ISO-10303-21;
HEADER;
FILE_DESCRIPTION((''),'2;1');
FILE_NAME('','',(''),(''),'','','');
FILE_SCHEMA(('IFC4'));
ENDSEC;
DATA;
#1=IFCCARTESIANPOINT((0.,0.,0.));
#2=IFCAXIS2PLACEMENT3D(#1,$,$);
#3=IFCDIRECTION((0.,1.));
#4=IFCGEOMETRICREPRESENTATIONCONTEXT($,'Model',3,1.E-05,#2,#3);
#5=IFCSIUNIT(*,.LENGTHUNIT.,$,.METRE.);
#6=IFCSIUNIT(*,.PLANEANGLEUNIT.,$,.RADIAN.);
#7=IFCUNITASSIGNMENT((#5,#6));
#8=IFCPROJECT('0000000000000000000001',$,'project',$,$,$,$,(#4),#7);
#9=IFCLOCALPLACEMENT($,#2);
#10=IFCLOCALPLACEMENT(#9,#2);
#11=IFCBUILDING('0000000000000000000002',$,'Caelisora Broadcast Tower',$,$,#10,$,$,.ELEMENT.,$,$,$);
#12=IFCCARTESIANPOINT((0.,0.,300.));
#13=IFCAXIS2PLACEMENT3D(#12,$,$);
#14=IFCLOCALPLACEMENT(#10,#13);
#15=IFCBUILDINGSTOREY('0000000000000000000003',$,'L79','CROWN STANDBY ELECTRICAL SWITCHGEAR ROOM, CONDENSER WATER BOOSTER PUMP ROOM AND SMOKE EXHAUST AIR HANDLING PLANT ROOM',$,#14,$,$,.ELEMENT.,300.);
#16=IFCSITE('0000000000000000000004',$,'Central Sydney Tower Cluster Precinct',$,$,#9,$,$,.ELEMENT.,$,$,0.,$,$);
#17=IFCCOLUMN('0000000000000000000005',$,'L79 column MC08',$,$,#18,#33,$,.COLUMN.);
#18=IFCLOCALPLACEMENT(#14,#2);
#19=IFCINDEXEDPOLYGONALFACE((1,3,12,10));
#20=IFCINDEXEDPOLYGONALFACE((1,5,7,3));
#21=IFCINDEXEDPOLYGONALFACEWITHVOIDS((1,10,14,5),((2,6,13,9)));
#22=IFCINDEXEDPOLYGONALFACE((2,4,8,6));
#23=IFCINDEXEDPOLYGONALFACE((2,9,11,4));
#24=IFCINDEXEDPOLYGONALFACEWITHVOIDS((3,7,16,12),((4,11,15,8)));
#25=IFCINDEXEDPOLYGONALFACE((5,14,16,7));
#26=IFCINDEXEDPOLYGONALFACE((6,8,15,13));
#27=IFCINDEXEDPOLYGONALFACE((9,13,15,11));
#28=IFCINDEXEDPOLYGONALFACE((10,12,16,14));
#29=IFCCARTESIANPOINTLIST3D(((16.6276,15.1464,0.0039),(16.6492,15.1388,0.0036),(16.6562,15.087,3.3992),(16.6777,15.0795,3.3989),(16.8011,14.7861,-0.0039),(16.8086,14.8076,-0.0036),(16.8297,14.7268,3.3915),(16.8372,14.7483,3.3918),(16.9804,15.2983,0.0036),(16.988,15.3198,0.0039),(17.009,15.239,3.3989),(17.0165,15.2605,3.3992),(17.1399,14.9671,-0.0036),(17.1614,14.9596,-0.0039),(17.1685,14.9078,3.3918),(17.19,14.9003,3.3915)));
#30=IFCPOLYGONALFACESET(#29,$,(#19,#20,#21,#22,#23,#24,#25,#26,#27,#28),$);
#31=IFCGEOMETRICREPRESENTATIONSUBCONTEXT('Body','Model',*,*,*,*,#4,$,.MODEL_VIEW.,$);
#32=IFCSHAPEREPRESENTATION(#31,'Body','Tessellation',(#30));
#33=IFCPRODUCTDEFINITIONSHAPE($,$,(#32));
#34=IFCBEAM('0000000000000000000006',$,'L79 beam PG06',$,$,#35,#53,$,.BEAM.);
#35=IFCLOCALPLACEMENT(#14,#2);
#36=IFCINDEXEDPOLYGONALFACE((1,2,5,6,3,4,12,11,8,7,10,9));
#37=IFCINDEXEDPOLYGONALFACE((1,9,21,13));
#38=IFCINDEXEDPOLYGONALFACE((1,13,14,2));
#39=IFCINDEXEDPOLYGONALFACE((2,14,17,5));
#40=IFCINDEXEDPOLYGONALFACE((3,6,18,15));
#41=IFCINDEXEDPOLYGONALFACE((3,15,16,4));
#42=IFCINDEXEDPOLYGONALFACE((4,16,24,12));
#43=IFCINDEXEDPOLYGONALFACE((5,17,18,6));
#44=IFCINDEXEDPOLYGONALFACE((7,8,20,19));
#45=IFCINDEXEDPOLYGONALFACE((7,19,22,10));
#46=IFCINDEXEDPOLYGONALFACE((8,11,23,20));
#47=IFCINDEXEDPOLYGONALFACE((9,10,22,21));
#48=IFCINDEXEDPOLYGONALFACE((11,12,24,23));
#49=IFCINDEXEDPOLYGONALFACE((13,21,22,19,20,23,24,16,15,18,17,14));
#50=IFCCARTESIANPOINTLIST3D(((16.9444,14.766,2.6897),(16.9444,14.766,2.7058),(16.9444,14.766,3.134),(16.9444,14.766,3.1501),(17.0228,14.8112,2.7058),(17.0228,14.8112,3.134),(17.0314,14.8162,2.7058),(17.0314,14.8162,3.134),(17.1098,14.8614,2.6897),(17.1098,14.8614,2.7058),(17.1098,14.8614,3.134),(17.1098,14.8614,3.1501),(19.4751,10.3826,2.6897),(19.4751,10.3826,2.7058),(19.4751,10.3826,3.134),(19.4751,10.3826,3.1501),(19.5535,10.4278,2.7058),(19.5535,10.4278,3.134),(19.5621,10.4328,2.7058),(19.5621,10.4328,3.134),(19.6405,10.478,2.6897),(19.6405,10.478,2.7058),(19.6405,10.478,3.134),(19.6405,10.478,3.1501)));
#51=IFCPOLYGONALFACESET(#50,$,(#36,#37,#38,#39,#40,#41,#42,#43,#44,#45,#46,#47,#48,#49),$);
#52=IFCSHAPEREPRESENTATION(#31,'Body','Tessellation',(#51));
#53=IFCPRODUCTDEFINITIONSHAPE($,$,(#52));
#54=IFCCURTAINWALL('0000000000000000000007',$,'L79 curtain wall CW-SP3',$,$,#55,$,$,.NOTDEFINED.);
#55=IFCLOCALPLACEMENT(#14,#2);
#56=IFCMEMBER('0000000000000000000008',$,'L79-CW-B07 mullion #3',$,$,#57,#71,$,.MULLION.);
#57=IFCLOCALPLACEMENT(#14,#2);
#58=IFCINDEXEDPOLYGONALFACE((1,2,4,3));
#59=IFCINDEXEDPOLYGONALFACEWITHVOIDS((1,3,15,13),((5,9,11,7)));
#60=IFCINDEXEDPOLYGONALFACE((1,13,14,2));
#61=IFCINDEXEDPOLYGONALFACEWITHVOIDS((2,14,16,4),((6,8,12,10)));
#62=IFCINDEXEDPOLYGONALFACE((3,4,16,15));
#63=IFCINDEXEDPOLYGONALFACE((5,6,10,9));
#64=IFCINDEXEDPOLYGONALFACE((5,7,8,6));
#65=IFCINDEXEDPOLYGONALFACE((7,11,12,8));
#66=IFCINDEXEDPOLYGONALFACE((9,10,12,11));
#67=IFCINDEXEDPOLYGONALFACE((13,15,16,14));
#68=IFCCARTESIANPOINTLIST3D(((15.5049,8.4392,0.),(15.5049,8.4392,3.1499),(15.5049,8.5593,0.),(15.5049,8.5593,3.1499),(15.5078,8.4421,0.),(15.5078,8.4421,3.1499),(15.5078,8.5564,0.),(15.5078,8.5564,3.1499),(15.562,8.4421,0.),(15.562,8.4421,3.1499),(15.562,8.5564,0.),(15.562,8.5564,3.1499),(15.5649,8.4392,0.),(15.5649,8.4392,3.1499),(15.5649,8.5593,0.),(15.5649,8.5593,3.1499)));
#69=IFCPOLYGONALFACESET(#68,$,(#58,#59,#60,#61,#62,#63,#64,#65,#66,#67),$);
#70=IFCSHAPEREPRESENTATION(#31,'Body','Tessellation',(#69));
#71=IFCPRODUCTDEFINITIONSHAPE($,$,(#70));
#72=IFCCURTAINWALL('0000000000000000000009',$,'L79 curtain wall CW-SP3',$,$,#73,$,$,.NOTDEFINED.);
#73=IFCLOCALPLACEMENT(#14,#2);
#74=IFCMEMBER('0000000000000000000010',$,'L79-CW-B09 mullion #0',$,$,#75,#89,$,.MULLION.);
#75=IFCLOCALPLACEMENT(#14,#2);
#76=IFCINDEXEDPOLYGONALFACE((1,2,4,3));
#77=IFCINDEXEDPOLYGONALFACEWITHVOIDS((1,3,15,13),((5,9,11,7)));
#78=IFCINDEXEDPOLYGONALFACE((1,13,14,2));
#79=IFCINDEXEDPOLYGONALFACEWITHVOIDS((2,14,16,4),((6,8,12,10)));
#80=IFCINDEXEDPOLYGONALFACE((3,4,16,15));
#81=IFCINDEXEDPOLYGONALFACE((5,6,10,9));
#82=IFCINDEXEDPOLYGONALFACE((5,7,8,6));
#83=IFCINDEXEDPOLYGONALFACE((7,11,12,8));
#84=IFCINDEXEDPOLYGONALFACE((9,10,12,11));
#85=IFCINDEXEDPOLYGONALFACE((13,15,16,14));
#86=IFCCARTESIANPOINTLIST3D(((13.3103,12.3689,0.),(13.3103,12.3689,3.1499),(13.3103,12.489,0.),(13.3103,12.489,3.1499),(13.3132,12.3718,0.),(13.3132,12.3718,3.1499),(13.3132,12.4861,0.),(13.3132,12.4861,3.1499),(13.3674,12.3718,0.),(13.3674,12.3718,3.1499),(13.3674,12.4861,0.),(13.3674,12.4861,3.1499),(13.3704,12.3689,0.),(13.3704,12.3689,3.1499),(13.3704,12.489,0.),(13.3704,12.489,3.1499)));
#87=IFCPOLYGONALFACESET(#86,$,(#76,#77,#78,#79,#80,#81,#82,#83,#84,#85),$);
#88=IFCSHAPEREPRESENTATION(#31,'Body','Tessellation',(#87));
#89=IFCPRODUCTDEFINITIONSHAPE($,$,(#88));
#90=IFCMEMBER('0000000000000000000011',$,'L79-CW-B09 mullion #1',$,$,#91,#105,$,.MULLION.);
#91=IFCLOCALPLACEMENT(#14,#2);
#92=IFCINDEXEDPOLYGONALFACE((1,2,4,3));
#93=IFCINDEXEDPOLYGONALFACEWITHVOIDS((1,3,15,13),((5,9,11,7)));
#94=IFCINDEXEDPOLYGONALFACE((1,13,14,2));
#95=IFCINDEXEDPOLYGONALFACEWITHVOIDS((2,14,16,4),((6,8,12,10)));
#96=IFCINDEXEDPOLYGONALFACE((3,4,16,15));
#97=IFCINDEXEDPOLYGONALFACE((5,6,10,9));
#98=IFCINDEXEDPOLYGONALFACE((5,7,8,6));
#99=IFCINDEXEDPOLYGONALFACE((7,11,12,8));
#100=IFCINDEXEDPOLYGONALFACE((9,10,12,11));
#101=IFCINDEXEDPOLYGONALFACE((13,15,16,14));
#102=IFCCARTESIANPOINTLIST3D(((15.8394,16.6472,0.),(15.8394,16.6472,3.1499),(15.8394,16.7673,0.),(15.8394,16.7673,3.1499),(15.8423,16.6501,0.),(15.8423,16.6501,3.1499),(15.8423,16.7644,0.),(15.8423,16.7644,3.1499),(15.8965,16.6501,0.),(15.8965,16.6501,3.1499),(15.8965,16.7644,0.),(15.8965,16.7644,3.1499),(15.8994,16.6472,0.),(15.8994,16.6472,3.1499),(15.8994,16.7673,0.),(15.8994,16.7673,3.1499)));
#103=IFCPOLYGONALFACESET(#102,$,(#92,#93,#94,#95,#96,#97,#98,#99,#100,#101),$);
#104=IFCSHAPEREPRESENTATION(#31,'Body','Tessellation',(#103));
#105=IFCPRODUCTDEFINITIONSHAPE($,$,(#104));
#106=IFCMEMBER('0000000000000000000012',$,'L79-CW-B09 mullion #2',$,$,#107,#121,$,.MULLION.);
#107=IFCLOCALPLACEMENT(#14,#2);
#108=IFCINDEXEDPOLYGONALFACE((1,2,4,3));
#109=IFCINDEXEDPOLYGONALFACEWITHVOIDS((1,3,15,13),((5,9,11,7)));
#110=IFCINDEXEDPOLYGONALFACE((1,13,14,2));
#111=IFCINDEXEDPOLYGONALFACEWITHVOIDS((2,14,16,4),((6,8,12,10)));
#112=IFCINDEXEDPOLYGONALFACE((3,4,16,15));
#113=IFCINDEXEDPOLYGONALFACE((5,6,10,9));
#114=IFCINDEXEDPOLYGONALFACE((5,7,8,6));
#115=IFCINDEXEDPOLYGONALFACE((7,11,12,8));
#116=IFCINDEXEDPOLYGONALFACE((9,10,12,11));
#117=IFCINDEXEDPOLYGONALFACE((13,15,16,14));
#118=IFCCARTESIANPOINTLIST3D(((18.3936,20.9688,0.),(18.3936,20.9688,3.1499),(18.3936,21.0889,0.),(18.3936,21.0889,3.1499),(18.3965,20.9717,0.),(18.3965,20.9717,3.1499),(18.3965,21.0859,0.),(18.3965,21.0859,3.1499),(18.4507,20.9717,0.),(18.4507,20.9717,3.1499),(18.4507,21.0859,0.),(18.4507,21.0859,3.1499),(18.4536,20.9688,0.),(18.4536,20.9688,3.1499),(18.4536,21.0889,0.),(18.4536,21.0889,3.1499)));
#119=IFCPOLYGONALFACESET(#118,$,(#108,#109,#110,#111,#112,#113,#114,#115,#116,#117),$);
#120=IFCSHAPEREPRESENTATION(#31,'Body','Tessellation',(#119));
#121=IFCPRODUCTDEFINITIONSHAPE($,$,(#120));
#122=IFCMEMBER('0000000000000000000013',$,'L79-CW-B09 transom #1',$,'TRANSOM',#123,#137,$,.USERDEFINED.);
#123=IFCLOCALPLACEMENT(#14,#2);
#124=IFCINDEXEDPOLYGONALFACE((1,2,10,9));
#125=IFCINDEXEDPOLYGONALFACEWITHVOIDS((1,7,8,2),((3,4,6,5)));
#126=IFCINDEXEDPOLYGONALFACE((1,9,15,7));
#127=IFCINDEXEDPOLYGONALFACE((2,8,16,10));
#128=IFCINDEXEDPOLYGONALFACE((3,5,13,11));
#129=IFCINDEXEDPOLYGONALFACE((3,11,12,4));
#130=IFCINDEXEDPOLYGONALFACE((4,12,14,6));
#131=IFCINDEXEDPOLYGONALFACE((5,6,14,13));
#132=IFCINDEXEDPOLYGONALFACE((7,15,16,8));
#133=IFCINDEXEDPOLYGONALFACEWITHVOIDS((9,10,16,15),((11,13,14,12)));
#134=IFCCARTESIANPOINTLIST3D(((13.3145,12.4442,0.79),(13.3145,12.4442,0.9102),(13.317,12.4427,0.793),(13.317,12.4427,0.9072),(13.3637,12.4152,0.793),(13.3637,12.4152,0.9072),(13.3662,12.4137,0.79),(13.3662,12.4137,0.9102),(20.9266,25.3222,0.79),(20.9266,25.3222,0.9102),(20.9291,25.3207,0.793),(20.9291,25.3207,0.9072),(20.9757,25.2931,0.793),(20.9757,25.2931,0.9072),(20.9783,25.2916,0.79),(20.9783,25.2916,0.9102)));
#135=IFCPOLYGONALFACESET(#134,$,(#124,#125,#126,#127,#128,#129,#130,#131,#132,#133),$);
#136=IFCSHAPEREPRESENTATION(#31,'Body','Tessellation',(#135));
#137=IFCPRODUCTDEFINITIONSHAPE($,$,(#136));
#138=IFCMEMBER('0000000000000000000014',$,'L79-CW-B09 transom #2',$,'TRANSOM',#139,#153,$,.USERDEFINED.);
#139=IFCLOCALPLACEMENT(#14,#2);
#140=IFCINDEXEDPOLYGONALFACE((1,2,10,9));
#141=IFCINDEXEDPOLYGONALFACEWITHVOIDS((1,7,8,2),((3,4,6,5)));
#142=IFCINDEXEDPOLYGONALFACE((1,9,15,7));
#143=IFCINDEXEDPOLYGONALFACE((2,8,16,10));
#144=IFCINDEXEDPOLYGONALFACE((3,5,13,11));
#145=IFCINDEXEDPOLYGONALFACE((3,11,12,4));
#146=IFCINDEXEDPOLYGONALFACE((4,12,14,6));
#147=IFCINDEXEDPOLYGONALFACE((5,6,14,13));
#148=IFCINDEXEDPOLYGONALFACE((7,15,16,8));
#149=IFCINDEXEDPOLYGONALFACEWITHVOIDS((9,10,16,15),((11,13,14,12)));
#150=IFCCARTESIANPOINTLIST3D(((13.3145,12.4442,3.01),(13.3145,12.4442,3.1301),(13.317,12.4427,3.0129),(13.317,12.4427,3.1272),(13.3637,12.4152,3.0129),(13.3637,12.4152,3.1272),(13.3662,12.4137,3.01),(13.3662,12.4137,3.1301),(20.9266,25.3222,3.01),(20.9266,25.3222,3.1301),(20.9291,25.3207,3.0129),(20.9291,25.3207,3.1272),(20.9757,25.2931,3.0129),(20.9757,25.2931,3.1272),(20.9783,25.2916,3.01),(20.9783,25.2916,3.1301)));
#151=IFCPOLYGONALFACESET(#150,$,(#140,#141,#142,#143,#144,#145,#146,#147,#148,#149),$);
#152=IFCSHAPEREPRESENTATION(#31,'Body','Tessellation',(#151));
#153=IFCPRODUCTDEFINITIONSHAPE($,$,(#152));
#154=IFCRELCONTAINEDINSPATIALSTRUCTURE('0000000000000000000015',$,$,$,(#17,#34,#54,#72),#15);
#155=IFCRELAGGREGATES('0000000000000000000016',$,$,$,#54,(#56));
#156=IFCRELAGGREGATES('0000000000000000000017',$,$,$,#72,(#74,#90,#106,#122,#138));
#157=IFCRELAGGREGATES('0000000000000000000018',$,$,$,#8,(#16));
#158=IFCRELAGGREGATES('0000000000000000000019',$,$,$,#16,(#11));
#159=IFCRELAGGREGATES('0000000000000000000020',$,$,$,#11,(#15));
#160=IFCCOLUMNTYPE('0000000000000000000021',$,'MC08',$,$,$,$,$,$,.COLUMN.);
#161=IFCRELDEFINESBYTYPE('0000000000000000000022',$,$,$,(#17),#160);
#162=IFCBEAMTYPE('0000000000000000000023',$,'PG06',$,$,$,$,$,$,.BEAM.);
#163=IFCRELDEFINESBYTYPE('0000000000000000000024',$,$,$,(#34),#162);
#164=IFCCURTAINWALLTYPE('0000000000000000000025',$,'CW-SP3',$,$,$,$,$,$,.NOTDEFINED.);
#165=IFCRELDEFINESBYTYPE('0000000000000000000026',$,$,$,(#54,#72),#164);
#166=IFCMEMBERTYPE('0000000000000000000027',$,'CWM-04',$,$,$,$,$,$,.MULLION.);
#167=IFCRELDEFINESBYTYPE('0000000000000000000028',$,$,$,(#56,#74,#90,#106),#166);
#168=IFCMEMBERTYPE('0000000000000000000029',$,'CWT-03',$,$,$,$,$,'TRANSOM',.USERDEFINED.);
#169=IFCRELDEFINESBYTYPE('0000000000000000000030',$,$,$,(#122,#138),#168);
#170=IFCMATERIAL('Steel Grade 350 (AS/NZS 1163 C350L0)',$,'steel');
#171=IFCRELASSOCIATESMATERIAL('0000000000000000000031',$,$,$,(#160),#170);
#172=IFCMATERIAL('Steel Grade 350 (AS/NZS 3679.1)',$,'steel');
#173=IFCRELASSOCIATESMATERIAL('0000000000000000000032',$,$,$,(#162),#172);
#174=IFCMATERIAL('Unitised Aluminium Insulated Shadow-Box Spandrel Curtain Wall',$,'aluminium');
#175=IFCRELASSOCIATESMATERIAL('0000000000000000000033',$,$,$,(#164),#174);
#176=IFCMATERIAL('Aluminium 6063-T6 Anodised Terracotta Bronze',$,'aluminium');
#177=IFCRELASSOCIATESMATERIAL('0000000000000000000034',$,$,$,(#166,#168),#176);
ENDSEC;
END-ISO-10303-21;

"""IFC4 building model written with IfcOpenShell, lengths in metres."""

from ifc_helpers import new_model, si_unit, direction, frame, origin, origin_2d, place, context, subcontext, project, spatial, hollow_rectangle, i_section, extrude, source, transform, mapped, material, material_profile, profile_set, type_object, type_shapes, element, aggregate, save


model = new_model("IFC4")

# Units and contexts
model_context = context("Model", 3, precision=1e-05, world=origin(), true_north=direction((0.0, 1.0)))
body_context = subcontext(model_context, "Body", "Model", "MODEL_VIEW")
ifc_project = project(units=[si_unit("LENGTHUNIT", "METRE"), si_unit("PLANEANGLEUNIT", "RADIAN")], contexts=[model_context])

# Site, building, storey
site_placement = place(None, origin())
site = spatial("IfcSite", under=ifc_project, at=site_placement, Name="Central Sydney Tower Cluster Precinct", CompositionType="ELEMENT", RefElevation=0.0)
building_placement = place(site_placement, origin())
building = spatial("IfcBuilding", under=site, at=building_placement, Name="Caelisora Broadcast Tower", CompositionType="ELEMENT")
storey_placement = place(building_placement, frame((0.0, 0.0, 300.0)))
storey = spatial("IfcBuildingStorey", under=building, at=storey_placement, Name="L79", Description="CROWN STANDBY ELECTRICAL SWITCHGEAR ROOM, CONDENSER WATER BOOSTER PUMP ROOM AND SMOKE EXHAUST AIR HANDLING PLANT ROOM", CompositionType="ELEMENT", Elevation=300.0)

# Column
ifc_material_1 = material(Name="Steel Grade 350 (AS/NZS 1163 C350L0)", Category="steel")
ifc_material_profile_1 = material_profile(ifc_material_1, hollow_rectangle(XDim=0.3999, YDim=0.3999, WallThickness=0.0161, at=origin_2d()), Name="Steel Grade 350 (AS/NZS 1163 C350L0)")
ifc_profile_set_1 = profile_set([ifc_material_profile_1], Name="Steel Grade 350 (AS/NZS 1163 C350L0)")
column_type = type_object("IfcColumnType", Name="MC08", PredefinedType="COLUMN", material=ifc_profile_set_1)
shared_shape_1 = source(origin(), body_context, "Body", "SweptSolid", [
    extrude(hollow_rectangle(XDim=0.3999, YDim=0.3999, WallThickness=0.0161, at=origin_2d()), origin(), (0.0, 0.0, 1.0), 3.396),
])
type_shapes(column_type, [shared_shape_1])
column_placement = place(storey_placement, frame((16.8945, 15.053, 0.0), z_axis=(0.008411, -0.01747, 0.999812), x_axis=(0.901002, 0.433816, 0.0)))
element("IfcColumn", 1, at=column_placement, inside=storey, type_object=column_type, Name="L79 column MC08", PredefinedType="COLUMN", context=body_context, shape_type="MappedRepresentation", body=[
    mapped(shared_shape_1, transform((0.0, 0.0, 0.0), scale=1.0)),
])

# Beam
ifc_material_2 = material(Name="Steel Grade 350 (AS/NZS 3679.1)", Category="steel")
ifc_material_profile_2 = material_profile(ifc_material_2, i_section(OverallWidth=0.1909, OverallDepth=0.4604, WebThickness=0.01, FlangeThickness=0.0161, at=origin_2d()), Name="Steel Grade 350 (AS/NZS 3679.1)")
ifc_profile_set_2 = profile_set([ifc_material_profile_2], Name="Steel Grade 350 (AS/NZS 3679.1)")
beam_type = type_object("IfcBeamType", Name="PG06", PredefinedType="BEAM", material=ifc_profile_set_2)
shared_shape_2 = source(origin(), body_context, "Body", "SweptSolid", [
    extrude(i_section(OverallWidth=0.1909, OverallDepth=0.4604, WebThickness=0.01, FlangeThickness=0.0161, at=origin_2d()), origin(), (0.0, 0.0, 1.0), 5.0615),
])
type_shapes(beam_type, [shared_shape_2])
beam_placement = place(storey_placement, frame((17.0271, 14.8137, 2.9199), z_axis=(0.499988, -0.866032, 0.0), x_axis=(0.866032, 0.499988, 0.0)))
element("IfcBeam", 2, at=beam_placement, inside=storey, type_object=beam_type, Name="L79 beam PG06", PredefinedType="BEAM", context=body_context, shape_type="MappedRepresentation", body=[
    mapped(shared_shape_2, transform((0.0, 0.0, 0.0), scale=1.0)),
])

# Curtain wall, member
ifc_material_3 = material(Name="Unitised Aluminium Insulated Shadow-Box Spandrel Curtain Wall", Category="aluminium")
curtain_wall_type = type_object("IfcCurtainWallType", Name="CW-SP3", PredefinedType="NOTDEFINED", material=ifc_material_3)
curtain_wall_1_placement = place(storey_placement, origin())
curtain_wall_1 = element("IfcCurtainWall", 3, at=curtain_wall_1_placement, inside=storey, type_object=curtain_wall_type, Name="L79 curtain wall CW-SP3", PredefinedType="NOTDEFINED")
ifc_material_4 = material(Name="Aluminium 6063-T6 Anodised Terracotta Bronze", Category="aluminium")
ifc_material_profile_3 = material_profile(ifc_material_4, hollow_rectangle(XDim=0.0601, YDim=0.1201, WallThickness=0.0029, at=origin_2d()), Name="Aluminium 6063-T6 Anodised Terracotta Bronze")
ifc_profile_set_3 = profile_set([ifc_material_profile_3], Name="Aluminium 6063-T6 Anodised Terracotta Bronze")
member_type_1 = type_object("IfcMemberType", Name="CWM-04", PredefinedType="MULLION", material=ifc_profile_set_3)
shared_shape_3 = source(origin(), body_context, "Body", "SweptSolid", [
    extrude(hollow_rectangle(XDim=0.0601, YDim=0.1201, WallThickness=0.0029, at=origin_2d()), origin(), (0.0, 0.0, 1.0), 3.1499),
])
type_shapes(member_type_1, [shared_shape_3])
member_1_placement = place(storey_placement, frame((15.5349, 8.4993, 0.0), z_axis=(0.0, 0.0, 1.0), x_axis=(1.0, 0.0, 0.0)))
member_1 = element("IfcMember", 4, at=member_1_placement, type_object=member_type_1, Name="L79-CW-B07 mullion #3", PredefinedType="MULLION", context=body_context, shape_type="MappedRepresentation", body=[
    mapped(shared_shape_3, transform((0.0, 0.0, 0.0), scale=1.0)),
])

# Curtain wall, members
curtain_wall_2_placement = place(storey_placement, origin())
curtain_wall_2 = element("IfcCurtainWall", 5, at=curtain_wall_2_placement, inside=storey, type_object=curtain_wall_type, Name="L79 curtain wall CW-SP3", PredefinedType="NOTDEFINED")
member_2_placement = place(storey_placement, frame((13.3403, 12.429, 0.0), z_axis=(0.0, 0.0, 1.0), x_axis=(1.0, 0.0, 0.0)))
member_2 = element("IfcMember", 6, at=member_2_placement, type_object=member_type_1, Name="L79-CW-B09 mullion #0", PredefinedType="MULLION", context=body_context, shape_type="MappedRepresentation", body=[
    mapped(shared_shape_3, transform((0.0, 0.0, 0.0), scale=1.0)),
])
member_3_placement = place(storey_placement, frame((15.8694, 16.7073, 0.0), z_axis=(0.0, 0.0, 1.0), x_axis=(1.0, 0.0, 0.0)))
member_3 = element("IfcMember", 7, at=member_3_placement, type_object=member_type_1, Name="L79-CW-B09 mullion #1", PredefinedType="MULLION", context=body_context, shape_type="MappedRepresentation", body=[
    mapped(shared_shape_3, transform((0.0, 0.0, 0.0), scale=1.0)),
])
member_4_placement = place(storey_placement, frame((18.4236, 21.0288, 0.0), z_axis=(0.0, 0.0, 1.0), x_axis=(1.0, 0.0, 0.0)))
member_4 = element("IfcMember", 8, at=member_4_placement, type_object=member_type_1, Name="L79-CW-B09 mullion #2", PredefinedType="MULLION", context=body_context, shape_type="MappedRepresentation", body=[
    mapped(shared_shape_3, transform((0.0, 0.0, 0.0), scale=1.0)),
])
ifc_material_profile_4 = material_profile(ifc_material_4, hollow_rectangle(XDim=0.0601, YDim=0.1201, WallThickness=0.0029, at=origin_2d()), Name="Aluminium 6063-T6 Anodised Terracotta Bronze")
ifc_profile_set_4 = profile_set([ifc_material_profile_4], Name="Aluminium 6063-T6 Anodised Terracotta Bronze")
member_type_2 = type_object("IfcMemberType", Name="CWT-03", ElementType="TRANSOM", PredefinedType="USERDEFINED", material=ifc_profile_set_4)
shared_shape_4 = source(origin(), body_context, "Body", "SweptSolid", [
    extrude(hollow_rectangle(XDim=0.0601, YDim=0.1201, WallThickness=0.0029, at=origin_2d()), origin(), (0.0, 0.0, 1.0), 14.9595),
])
type_shapes(member_type_2, [shared_shape_4])
member_5_placement = place(storey_placement, frame((13.3403, 12.429, 0.8501), z_axis=(0.508847, 0.860857, 0.0), x_axis=(-0.860857, 0.508847, 0.0)))
member_5 = element("IfcMember", 9, at=member_5_placement, type_object=member_type_2, Name="L79-CW-B09 transom #1", ObjectType="TRANSOM", PredefinedType="USERDEFINED", context=body_context, shape_type="MappedRepresentation", body=[
    mapped(shared_shape_4, transform((0.0, 0.0, 0.0), scale=1.0)),
])
member_6_placement = place(storey_placement, frame((13.3403, 12.429, 3.0701), z_axis=(0.508847, 0.860857, 0.0), x_axis=(-0.860857, 0.508847, 0.0)))
member_6 = element("IfcMember", 10, at=member_6_placement, type_object=member_type_2, Name="L79-CW-B09 transom #2", ObjectType="TRANSOM", PredefinedType="USERDEFINED", context=body_context, shape_type="MappedRepresentation", body=[
    mapped(shared_shape_4, transform((0.0, 0.0, 0.0), scale=1.0)),
])

aggregate(curtain_wall_1, [member_1])
aggregate(curtain_wall_2, [member_2, member_3, member_4, member_5, member_6])

save(model, "model.ifc")
